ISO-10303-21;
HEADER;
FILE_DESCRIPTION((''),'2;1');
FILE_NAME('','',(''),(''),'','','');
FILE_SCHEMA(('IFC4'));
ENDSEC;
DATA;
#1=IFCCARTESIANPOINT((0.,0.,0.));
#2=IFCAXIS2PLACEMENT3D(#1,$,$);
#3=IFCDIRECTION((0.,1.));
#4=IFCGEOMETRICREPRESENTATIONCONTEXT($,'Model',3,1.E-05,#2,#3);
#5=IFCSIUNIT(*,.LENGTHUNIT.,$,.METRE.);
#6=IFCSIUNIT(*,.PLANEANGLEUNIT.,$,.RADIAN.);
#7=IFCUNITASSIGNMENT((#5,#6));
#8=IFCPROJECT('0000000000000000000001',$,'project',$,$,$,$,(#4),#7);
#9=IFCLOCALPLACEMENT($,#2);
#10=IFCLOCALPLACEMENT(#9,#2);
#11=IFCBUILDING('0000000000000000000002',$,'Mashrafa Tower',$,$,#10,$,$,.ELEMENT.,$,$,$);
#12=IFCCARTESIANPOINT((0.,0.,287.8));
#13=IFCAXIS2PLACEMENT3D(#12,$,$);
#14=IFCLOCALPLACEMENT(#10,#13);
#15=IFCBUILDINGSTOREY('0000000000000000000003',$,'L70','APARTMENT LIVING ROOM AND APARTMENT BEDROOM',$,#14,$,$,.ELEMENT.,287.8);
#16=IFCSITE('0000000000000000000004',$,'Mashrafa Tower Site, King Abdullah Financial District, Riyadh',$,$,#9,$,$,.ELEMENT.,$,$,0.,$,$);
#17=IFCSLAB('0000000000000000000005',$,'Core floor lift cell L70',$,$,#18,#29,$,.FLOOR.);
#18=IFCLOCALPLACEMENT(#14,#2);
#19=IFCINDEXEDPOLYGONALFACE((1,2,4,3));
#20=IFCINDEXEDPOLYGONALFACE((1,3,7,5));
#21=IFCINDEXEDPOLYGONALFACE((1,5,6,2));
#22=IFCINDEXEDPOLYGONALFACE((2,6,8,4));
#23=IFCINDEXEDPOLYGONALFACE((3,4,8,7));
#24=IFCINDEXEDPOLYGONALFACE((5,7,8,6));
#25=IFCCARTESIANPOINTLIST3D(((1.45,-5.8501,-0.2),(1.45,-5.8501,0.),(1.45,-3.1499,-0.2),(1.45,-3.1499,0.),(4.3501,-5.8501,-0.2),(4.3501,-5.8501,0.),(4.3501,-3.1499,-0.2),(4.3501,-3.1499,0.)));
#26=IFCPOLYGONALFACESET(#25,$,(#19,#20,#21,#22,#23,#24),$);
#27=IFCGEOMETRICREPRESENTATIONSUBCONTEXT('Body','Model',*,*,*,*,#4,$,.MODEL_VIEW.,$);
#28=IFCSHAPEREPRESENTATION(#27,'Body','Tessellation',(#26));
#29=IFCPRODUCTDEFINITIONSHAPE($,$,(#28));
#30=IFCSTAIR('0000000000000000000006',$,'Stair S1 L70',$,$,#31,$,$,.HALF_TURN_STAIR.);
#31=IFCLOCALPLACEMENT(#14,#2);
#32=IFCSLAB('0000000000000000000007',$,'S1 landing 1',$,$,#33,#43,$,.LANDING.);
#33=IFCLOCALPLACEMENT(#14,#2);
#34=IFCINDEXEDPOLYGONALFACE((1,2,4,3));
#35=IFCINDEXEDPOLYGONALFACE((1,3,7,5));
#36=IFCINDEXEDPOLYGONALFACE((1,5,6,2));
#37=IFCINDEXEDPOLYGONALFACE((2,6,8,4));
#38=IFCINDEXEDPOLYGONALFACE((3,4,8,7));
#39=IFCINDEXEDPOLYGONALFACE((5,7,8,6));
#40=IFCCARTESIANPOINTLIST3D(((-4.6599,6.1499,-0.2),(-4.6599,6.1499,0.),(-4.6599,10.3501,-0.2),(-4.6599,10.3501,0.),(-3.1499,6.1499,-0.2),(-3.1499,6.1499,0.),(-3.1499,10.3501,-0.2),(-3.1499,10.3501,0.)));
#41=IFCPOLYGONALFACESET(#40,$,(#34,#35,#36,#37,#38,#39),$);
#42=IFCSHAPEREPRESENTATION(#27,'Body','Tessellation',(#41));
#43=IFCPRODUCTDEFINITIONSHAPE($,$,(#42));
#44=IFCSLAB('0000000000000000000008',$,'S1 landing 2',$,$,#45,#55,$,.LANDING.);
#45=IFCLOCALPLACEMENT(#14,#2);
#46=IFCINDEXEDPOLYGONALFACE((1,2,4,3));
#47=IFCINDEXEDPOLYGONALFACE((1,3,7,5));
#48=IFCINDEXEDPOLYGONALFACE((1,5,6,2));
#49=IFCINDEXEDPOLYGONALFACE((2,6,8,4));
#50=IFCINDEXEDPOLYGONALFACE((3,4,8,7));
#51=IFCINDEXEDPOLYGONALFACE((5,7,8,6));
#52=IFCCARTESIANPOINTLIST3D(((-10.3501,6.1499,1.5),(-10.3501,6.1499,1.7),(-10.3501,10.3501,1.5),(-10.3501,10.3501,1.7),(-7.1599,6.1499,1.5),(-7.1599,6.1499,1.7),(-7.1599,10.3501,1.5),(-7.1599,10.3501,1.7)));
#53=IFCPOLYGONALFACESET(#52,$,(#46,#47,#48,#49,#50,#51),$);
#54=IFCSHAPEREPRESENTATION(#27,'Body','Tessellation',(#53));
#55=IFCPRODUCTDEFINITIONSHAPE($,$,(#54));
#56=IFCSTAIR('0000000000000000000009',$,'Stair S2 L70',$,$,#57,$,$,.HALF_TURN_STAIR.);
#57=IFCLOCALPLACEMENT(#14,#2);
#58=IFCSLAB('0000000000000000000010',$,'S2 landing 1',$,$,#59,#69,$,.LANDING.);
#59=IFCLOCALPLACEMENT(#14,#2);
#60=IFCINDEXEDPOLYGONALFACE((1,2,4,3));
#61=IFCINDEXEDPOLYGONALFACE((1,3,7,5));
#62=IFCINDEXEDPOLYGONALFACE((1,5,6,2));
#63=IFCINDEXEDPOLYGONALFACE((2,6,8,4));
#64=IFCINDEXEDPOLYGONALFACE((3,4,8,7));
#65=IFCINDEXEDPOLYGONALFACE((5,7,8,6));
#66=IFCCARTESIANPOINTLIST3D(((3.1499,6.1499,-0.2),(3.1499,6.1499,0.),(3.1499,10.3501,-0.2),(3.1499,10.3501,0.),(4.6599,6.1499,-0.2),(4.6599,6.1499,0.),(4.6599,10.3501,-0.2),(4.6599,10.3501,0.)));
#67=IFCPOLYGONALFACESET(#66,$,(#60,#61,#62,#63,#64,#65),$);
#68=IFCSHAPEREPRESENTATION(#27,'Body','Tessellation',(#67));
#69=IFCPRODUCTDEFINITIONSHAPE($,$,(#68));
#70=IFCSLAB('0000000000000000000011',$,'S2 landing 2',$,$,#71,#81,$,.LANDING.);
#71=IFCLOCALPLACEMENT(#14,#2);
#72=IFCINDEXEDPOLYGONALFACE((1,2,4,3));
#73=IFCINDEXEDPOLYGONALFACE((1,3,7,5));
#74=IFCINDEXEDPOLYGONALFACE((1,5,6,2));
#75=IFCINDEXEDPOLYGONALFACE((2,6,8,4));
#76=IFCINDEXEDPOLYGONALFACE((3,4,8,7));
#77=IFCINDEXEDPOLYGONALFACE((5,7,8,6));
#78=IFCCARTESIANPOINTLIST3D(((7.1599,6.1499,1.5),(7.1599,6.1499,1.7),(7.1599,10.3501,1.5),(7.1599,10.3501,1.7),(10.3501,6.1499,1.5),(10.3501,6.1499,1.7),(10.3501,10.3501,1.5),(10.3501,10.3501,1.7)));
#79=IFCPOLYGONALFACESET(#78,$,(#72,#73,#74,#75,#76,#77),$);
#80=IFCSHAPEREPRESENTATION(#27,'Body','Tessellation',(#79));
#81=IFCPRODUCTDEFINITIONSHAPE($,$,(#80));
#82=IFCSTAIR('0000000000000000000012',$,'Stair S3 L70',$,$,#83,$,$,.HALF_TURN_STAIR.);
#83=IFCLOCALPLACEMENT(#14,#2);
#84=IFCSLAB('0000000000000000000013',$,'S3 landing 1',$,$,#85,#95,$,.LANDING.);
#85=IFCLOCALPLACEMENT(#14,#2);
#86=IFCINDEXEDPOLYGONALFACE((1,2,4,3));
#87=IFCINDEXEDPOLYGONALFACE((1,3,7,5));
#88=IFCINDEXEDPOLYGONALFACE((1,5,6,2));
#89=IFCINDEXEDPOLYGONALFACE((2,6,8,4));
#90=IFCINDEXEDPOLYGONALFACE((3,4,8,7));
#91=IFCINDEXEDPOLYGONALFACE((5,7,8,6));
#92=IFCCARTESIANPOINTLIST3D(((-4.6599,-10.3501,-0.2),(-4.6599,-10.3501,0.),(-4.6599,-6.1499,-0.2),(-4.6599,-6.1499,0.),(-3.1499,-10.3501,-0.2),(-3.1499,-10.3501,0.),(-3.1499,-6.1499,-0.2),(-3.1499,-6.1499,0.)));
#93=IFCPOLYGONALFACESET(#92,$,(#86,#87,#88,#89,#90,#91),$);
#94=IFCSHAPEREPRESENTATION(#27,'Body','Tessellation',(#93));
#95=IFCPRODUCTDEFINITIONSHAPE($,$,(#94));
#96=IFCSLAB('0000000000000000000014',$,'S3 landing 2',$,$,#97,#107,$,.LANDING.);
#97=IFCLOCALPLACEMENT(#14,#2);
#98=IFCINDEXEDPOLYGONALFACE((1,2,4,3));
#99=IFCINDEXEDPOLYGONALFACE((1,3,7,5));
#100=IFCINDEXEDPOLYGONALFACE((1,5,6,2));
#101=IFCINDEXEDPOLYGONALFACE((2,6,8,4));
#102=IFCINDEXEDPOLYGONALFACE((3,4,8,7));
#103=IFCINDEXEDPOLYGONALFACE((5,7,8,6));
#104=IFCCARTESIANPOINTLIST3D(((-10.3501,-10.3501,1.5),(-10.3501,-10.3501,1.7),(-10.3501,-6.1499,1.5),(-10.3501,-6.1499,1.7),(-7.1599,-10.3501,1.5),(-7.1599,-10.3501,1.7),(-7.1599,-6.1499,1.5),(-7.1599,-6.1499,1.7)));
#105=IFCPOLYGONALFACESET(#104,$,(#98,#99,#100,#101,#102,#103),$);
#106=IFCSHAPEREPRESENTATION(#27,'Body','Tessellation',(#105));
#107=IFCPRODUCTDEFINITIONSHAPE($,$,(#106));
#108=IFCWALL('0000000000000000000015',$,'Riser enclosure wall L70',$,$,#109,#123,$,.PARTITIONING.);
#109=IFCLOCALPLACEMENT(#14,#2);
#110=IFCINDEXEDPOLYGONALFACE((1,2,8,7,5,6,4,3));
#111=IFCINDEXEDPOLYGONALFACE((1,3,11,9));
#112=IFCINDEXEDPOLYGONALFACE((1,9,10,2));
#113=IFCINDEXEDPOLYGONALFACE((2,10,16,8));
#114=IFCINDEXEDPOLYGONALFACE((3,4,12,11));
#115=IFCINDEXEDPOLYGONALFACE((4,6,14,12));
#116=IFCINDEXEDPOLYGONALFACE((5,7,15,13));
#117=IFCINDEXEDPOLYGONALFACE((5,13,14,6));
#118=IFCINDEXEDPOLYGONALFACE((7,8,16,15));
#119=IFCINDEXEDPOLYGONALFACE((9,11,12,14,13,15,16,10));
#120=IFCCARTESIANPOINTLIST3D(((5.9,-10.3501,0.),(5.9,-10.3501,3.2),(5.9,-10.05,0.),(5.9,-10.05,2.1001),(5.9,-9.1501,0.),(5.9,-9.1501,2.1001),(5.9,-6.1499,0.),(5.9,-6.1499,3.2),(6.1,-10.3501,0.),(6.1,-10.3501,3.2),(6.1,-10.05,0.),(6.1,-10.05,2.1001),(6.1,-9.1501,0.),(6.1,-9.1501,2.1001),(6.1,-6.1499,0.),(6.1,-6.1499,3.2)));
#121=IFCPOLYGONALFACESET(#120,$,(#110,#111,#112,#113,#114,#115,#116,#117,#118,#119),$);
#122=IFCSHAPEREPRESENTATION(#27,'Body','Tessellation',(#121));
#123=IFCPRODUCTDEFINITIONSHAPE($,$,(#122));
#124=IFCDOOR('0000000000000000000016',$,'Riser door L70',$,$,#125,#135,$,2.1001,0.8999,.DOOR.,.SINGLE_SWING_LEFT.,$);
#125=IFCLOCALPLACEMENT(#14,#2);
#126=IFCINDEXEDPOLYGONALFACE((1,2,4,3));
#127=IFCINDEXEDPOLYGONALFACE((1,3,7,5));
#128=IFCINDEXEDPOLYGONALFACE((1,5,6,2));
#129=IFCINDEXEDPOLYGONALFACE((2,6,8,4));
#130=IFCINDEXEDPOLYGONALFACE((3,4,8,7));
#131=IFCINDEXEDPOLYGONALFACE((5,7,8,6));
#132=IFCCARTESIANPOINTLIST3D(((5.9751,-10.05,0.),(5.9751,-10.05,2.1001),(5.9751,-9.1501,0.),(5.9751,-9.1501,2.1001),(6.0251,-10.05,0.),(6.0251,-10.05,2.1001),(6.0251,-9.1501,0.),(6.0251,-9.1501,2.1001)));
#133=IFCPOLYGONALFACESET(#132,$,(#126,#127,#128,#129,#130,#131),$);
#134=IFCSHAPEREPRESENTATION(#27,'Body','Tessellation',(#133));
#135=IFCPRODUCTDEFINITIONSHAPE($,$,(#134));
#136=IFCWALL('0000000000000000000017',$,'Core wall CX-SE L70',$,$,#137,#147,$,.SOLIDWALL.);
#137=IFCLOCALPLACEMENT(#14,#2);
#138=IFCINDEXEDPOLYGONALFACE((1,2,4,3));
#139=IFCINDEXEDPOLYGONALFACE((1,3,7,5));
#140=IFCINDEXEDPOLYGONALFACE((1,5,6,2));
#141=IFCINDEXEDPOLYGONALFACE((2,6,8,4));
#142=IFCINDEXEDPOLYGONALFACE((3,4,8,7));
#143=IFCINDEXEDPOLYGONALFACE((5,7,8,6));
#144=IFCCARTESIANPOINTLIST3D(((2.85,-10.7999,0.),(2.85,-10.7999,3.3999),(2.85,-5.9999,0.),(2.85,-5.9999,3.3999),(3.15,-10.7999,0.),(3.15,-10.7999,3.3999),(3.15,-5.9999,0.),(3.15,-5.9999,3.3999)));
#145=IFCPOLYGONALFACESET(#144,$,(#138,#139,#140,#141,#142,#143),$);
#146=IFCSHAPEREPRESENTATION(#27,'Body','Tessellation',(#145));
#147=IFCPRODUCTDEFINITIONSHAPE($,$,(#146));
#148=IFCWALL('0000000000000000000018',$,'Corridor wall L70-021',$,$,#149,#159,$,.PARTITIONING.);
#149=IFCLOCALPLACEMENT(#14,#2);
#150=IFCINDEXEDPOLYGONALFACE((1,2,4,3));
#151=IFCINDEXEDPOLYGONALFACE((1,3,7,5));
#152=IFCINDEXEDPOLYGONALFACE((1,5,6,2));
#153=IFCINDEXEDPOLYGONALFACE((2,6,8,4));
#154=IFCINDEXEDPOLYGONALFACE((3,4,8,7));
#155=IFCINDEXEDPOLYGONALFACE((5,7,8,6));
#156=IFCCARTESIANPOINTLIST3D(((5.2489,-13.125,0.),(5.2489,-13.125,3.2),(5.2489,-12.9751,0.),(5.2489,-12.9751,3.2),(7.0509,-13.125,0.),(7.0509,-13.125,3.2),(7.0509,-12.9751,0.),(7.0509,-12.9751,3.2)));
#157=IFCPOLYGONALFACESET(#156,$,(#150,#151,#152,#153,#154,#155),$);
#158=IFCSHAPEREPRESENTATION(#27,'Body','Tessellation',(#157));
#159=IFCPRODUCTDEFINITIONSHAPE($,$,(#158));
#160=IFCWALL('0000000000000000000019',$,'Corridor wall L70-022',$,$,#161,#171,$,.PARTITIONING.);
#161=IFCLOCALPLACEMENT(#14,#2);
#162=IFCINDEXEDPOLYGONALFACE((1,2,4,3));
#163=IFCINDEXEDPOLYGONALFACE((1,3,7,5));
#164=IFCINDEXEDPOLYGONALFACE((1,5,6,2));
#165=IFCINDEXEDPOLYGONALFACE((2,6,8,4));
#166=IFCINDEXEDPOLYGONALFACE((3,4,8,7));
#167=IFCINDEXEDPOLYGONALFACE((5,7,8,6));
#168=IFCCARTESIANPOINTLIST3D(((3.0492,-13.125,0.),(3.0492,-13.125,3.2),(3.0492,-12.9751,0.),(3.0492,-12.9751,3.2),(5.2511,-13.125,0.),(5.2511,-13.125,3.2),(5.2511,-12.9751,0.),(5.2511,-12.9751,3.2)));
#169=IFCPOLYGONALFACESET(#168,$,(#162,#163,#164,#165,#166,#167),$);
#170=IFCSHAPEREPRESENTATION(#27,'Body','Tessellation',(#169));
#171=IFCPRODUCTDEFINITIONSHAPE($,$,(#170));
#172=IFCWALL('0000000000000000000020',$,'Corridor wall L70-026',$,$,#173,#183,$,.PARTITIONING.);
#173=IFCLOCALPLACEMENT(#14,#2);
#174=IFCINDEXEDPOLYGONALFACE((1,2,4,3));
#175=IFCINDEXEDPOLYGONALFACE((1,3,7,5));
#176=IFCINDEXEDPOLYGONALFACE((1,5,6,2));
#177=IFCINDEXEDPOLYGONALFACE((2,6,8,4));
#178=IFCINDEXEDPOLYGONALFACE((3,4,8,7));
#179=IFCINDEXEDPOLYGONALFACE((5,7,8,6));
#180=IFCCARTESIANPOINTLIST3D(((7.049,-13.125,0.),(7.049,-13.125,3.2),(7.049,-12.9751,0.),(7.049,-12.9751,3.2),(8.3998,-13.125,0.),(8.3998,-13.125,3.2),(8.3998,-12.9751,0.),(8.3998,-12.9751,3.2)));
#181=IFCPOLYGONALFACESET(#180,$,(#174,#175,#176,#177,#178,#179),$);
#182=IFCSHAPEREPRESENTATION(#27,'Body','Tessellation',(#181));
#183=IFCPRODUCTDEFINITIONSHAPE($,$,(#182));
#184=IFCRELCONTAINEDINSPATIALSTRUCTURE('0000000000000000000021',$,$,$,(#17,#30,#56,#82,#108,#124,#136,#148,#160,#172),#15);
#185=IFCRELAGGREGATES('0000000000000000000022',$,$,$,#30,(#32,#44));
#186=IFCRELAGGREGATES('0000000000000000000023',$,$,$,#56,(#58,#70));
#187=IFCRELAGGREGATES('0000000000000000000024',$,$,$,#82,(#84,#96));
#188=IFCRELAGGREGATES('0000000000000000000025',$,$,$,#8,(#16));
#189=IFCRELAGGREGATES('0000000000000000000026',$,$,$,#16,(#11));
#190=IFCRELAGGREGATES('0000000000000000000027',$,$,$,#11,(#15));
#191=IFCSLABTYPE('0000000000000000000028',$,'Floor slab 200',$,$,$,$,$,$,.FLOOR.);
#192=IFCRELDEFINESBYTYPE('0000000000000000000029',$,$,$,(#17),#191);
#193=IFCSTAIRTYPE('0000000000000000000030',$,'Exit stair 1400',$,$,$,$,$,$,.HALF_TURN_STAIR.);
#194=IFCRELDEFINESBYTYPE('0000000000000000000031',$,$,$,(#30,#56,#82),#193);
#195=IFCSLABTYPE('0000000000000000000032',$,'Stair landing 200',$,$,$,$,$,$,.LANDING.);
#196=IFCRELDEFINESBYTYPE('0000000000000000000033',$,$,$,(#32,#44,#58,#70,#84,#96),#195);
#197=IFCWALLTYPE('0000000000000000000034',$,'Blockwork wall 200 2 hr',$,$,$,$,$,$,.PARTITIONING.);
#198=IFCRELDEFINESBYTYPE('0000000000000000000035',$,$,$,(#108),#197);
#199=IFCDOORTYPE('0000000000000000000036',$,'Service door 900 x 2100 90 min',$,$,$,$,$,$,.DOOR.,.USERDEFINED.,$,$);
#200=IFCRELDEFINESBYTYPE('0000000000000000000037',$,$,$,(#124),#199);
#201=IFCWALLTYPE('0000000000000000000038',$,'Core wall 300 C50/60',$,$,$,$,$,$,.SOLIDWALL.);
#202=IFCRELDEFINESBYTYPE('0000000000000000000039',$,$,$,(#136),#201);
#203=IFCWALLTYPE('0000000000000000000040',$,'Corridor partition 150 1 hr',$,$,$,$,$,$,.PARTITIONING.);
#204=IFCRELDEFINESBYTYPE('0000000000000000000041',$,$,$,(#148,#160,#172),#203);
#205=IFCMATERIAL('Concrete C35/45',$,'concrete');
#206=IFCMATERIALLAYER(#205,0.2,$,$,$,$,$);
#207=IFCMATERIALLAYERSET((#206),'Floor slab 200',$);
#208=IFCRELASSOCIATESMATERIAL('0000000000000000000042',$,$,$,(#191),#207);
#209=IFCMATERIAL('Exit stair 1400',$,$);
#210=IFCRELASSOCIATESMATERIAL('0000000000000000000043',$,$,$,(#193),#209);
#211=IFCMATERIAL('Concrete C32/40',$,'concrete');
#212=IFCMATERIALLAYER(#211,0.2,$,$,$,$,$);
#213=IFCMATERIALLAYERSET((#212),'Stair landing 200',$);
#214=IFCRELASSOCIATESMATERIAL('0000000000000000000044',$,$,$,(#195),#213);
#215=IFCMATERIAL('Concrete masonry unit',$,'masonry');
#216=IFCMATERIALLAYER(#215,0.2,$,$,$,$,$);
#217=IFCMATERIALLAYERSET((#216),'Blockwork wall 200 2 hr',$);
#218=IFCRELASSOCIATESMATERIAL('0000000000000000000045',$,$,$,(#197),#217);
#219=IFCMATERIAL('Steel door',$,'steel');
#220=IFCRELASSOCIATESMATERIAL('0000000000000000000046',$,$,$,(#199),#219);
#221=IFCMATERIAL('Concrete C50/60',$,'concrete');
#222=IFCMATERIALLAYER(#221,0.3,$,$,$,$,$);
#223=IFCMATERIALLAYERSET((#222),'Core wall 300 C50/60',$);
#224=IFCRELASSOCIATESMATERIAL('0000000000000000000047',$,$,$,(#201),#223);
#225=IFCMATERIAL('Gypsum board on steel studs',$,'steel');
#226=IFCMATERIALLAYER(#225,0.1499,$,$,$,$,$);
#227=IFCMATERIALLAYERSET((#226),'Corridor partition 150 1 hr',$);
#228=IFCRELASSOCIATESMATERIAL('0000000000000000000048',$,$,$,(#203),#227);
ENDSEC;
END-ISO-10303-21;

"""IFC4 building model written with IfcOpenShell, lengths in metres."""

from ifc_helpers import new_model, si_unit, direction, frame, frame_2d, origin, place, context, subcontext, project, spatial, polyline, rectangle, outline, extrude, material, layer, layer_set, type_object, element, fill, aggregate, save


model = new_model("IFC4")

# Units and contexts
model_context = context("Model", 3, precision=1e-05, world=origin(), true_north=direction((0.0, 1.0)))
body_context = subcontext(model_context, "Body", "Model", "MODEL_VIEW")
ifc_project = project(units=[si_unit("LENGTHUNIT", "METRE"), si_unit("PLANEANGLEUNIT", "RADIAN")], contexts=[model_context])

# Site, building, storey
site_placement = place(None, origin())
site = spatial("IfcSite", under=ifc_project, at=site_placement, Name="Mashrafa Tower Site, King Abdullah Financial District, Riyadh", CompositionType="ELEMENT", RefElevation=0.0)
building_placement = place(site_placement, origin())
building = spatial("IfcBuilding", under=site, at=building_placement, Name="Mashrafa Tower", CompositionType="ELEMENT")
storey_placement = place(building_placement, frame((0.0, 0.0, 287.8)))
storey = spatial("IfcBuildingStorey", under=building, at=storey_placement, Name="L70", Description="APARTMENT LIVING ROOM AND APARTMENT BEDROOM", CompositionType="ELEMENT", Elevation=287.8)

# Slab
ifc_material_1 = material(Name="Concrete C35/45", Category="concrete")
ifc_layer_1 = layer(ifc_material_1, 0.2)
ifc_layer_set_1 = layer_set([ifc_layer_1], Name="Floor slab 200")
slab_type_1 = type_object("IfcSlabType", Name="Floor slab 200", PredefinedType="FLOOR", material=ifc_layer_set_1)
slab_1_placement = place(storey_placement, frame((0.0, 0.0, -0.2)))
element("IfcSlab", 1, at=slab_1_placement, inside=storey, type_object=slab_type_1, Name="Core floor lift cell L70", PredefinedType="FLOOR", context=body_context, shape_type="SweptSolid", body=[
    extrude(outline(polyline([(4.3501, -3.1499), (4.3501, -5.8501), (1.45, -5.8501), (1.45, -3.1499), (4.3501, -3.1499)])), origin(), (0.0, 0.0, 1.0), 0.2),
])

# Stairs, slabs
ifc_material_2 = material(Name="Exit stair 1400")
stair_type = type_object("IfcStairType", Name="Exit stair 1400", PredefinedType="HALF_TURN_STAIR", material=ifc_material_2)
stair_1_placement = place(storey_placement, origin())
stair_1 = element("IfcStair", 2, at=stair_1_placement, inside=storey, type_object=stair_type, Name="Stair S1 L70", PredefinedType="HALF_TURN_STAIR")
ifc_material_3 = material(Name="Concrete C32/40", Category="concrete")
ifc_layer_2 = layer(ifc_material_3, 0.2)
ifc_layer_set_2 = layer_set([ifc_layer_2], Name="Stair landing 200")
slab_type_2 = type_object("IfcSlabType", Name="Stair landing 200", PredefinedType="LANDING", material=ifc_layer_set_2)
slab_2_placement = place(storey_placement, frame((0.0, 0.0, -0.2)))
slab_2 = element("IfcSlab", 3, at=slab_2_placement, type_object=slab_type_2, Name="S1 landing 1", PredefinedType="LANDING", context=body_context, shape_type="SweptSolid", body=[
    extrude(outline(polyline([(-4.6599, 6.1499), (-3.1499, 6.1499), (-3.1499, 10.3501), (-4.6599, 10.3501), (-4.6599, 6.1499)])), origin(), (0.0, 0.0, 1.0), 0.2),
])
slab_3_placement = place(storey_placement, frame((0.0, 0.0, 1.5)))
slab_3 = element("IfcSlab", 4, at=slab_3_placement, type_object=slab_type_2, Name="S1 landing 2", PredefinedType="LANDING", context=body_context, shape_type="SweptSolid", body=[
    extrude(outline(polyline([(-10.3501, 6.1499), (-7.1599, 6.1499), (-7.1599, 10.3501), (-10.3501, 10.3501), (-10.3501, 6.1499)])), origin(), (0.0, 0.0, 1.0), 0.2),
])
aggregate(stair_1, [slab_2, slab_3])
stair_2_placement = place(storey_placement, origin())
stair_2 = element("IfcStair", 5, at=stair_2_placement, inside=storey, type_object=stair_type, Name="Stair S2 L70", PredefinedType="HALF_TURN_STAIR")
slab_4_placement = place(storey_placement, frame((0.0, 0.0, -0.2)))
slab_4 = element("IfcSlab", 6, at=slab_4_placement, type_object=slab_type_2, Name="S2 landing 1", PredefinedType="LANDING", context=body_context, shape_type="SweptSolid", body=[
    extrude(outline(polyline([(3.1499, 6.1499), (4.6599, 6.1499), (4.6599, 10.3501), (3.1499, 10.3501), (3.1499, 6.1499)])), origin(), (0.0, 0.0, 1.0), 0.2),
])
slab_5_placement = place(storey_placement, frame((0.0, 0.0, 1.5)))
slab_5 = element("IfcSlab", 7, at=slab_5_placement, type_object=slab_type_2, Name="S2 landing 2", PredefinedType="LANDING", context=body_context, shape_type="SweptSolid", body=[
    extrude(outline(polyline([(7.1599, 6.1499), (10.3501, 6.1499), (10.3501, 10.3501), (7.1599, 10.3501), (7.1599, 6.1499)])), origin(), (0.0, 0.0, 1.0), 0.2),
])
aggregate(stair_2, [slab_4, slab_5])
stair_3_placement = place(storey_placement, origin())
stair_3 = element("IfcStair", 8, at=stair_3_placement, inside=storey, type_object=stair_type, Name="Stair S3 L70", PredefinedType="HALF_TURN_STAIR")
slab_6_placement = place(storey_placement, frame((0.0, 0.0, -0.2)))
slab_6 = element("IfcSlab", 9, at=slab_6_placement, type_object=slab_type_2, Name="S3 landing 1", PredefinedType="LANDING", context=body_context, shape_type="SweptSolid", body=[
    extrude(outline(polyline([(-4.6599, -10.3501), (-3.1499, -10.3501), (-3.1499, -6.1499), (-4.6599, -6.1499), (-4.6599, -10.3501)])), origin(), (0.0, 0.0, 1.0), 0.2),
])
slab_7_placement = place(storey_placement, frame((0.0, 0.0, 1.5)))
slab_7 = element("IfcSlab", 10, at=slab_7_placement, type_object=slab_type_2, Name="S3 landing 2", PredefinedType="LANDING", context=body_context, shape_type="SweptSolid", body=[
    extrude(outline(polyline([(-10.3501, -10.3501), (-7.1599, -10.3501), (-7.1599, -6.1499), (-10.3501, -6.1499), (-10.3501, -10.3501)])), origin(), (0.0, 0.0, 1.0), 0.2),
])
aggregate(stair_3, [slab_6, slab_7])

# Wall, opening, door
ifc_material_4 = material(Name="Concrete masonry unit", Category="masonry")
ifc_layer_3 = layer(ifc_material_4, 0.2)
ifc_layer_set_3 = layer_set([ifc_layer_3], Name="Blockwork wall 200 2 hr")
wall_type_1 = type_object("IfcWallType", Name="Blockwork wall 200 2 hr", PredefinedType="PARTITIONING", material=ifc_layer_set_3)
wall_1_placement = place(storey_placement, frame((6.0, -10.3501, 0.0), z_axis=(0.0, 0.0, 1.0), x_axis=(0.0, 1.0, 0.0)))
wall_1 = element("IfcWall", 11, at=wall_1_placement, inside=storey, type_object=wall_type_1, Name="Riser enclosure wall L70", PredefinedType="PARTITIONING", context=body_context, shape_type="SweptSolid", body=[
    extrude(rectangle(XDim=4.2002, YDim=0.2, at=frame_2d((2.1001, 0.0))), origin(), (0.0, 0.0, 1.0), 3.2),
])
opening_1_placement = place(wall_1_placement, frame((0.3, 0.0, 0.0)))
opening_1 = element("IfcOpeningElement", 12, at=opening_1_placement, cuts=wall_1, PredefinedType="OPENING", context=body_context, shape_type="SweptSolid", body=[
    extrude(rectangle(XDim=0.8999, YDim=2.1001, at=frame_2d((0.45, 1.05))), frame((0.0, 0.1099, 0.0), z_axis=(0.0, -1.0, 0.0), x_axis=(1.0, 0.0, 0.0)), (0.0, 0.0, 1.0), 0.22),
])
ifc_material_5 = material(Name="Steel door", Category="steel")
door_type_1 = type_object("IfcDoorType", Name="Service door 900 x 2100 90 min", OperationType="USERDEFINED", PredefinedType="DOOR", material=ifc_material_5)
door_1_placement = place(opening_1_placement, origin())
door_1 = element("IfcDoor", 13, at=door_1_placement, inside=storey, type_object=door_type_1, Name="Riser door L70", OperationType="SINGLE_SWING_LEFT", OverallHeight=2.1001, OverallWidth=0.8999, PredefinedType="DOOR", context=body_context, shape_type="SweptSolid", body=[
    extrude(rectangle(XDim=0.8999, YDim=2.1001, at=frame_2d((0.45, 1.05))), frame((0.0, 0.0249, 0.0), z_axis=(0.0, -1.0, 0.0), x_axis=(1.0, 0.0, 0.0)), (0.0, 0.0, 1.0), 0.05),
])
fill(opening_1, door_1)

# Walls
ifc_material_6 = material(Name="Concrete C50/60", Category="concrete")
ifc_layer_4 = layer(ifc_material_6, 0.3)
ifc_layer_set_4 = layer_set([ifc_layer_4], Name="Core wall 300 C50/60")
wall_type_2 = type_object("IfcWallType", Name="Core wall 300 C50/60", PredefinedType="SOLIDWALL", material=ifc_layer_set_4)
wall_2_placement = place(storey_placement, frame((3.0, -6.0, 0.0), z_axis=(0.0, 0.0, 1.0), x_axis=(0.0, -1.0, 0.0)))
element("IfcWall", 14, at=wall_2_placement, inside=storey, type_object=wall_type_2, Name="Core wall CX-SE L70", PredefinedType="SOLIDWALL", context=body_context, shape_type="SweptSolid", body=[
    extrude(rectangle(XDim=4.8, YDim=0.3, at=frame_2d((2.3999, 0.0))), origin(), (0.0, 0.0, 1.0), 3.3999),
])
ifc_material_7 = material(Name="Gypsum board on steel studs", Category="steel")
ifc_layer_5 = layer(ifc_material_7, 0.1499)
ifc_layer_set_5 = layer_set([ifc_layer_5], Name="Corridor partition 150 1 hr")
wall_type_3 = type_object("IfcWallType", Name="Corridor partition 150 1 hr", PredefinedType="PARTITIONING", material=ifc_layer_set_5)
wall_3_placement = place(storey_placement, frame((5.249, -13.05, 0.0), z_axis=(0.0, 0.0, 1.0), x_axis=(1.0, 0.0, 0.0)))
element("IfcWall", 15, at=wall_3_placement, inside=storey, type_object=wall_type_3, Name="Corridor wall L70-021", PredefinedType="PARTITIONING", context=body_context, shape_type="SweptSolid", body=[
    extrude(rectangle(XDim=1.802, YDim=0.1499, at=frame_2d((0.9009, 0.0))), origin(), (0.0, 0.0, 1.0), 3.2),
])
wall_4_placement = place(storey_placement, frame((3.0491, -13.05, 0.0), z_axis=(0.0, 0.0, 1.0), x_axis=(1.0, 0.0, 0.0)))
element("IfcWall", 16, at=wall_4_placement, inside=storey, type_object=wall_type_3, Name="Corridor wall L70-022", PredefinedType="PARTITIONING", context=body_context, shape_type="SweptSolid", body=[
    extrude(rectangle(XDim=2.2019, YDim=0.1499, at=frame_2d((1.1011, 0.0))), origin(), (0.0, 0.0, 1.0), 3.2),
])
wall_5_placement = place(storey_placement, frame((7.0491, -13.05, 0.0), z_axis=(0.0, 0.0, 1.0), x_axis=(1.0, 0.0, 0.0)))
element("IfcWall", 17, at=wall_5_placement, inside=storey, type_object=wall_type_3, Name="Corridor wall L70-026", PredefinedType="PARTITIONING", context=body_context, shape_type="SweptSolid", body=[
    extrude(rectangle(XDim=1.3508, YDim=0.1499, at=frame_2d((0.6753, 0.0))), origin(), (0.0, 0.0, 1.0), 3.2),
])

save(model, "model.ifc")
